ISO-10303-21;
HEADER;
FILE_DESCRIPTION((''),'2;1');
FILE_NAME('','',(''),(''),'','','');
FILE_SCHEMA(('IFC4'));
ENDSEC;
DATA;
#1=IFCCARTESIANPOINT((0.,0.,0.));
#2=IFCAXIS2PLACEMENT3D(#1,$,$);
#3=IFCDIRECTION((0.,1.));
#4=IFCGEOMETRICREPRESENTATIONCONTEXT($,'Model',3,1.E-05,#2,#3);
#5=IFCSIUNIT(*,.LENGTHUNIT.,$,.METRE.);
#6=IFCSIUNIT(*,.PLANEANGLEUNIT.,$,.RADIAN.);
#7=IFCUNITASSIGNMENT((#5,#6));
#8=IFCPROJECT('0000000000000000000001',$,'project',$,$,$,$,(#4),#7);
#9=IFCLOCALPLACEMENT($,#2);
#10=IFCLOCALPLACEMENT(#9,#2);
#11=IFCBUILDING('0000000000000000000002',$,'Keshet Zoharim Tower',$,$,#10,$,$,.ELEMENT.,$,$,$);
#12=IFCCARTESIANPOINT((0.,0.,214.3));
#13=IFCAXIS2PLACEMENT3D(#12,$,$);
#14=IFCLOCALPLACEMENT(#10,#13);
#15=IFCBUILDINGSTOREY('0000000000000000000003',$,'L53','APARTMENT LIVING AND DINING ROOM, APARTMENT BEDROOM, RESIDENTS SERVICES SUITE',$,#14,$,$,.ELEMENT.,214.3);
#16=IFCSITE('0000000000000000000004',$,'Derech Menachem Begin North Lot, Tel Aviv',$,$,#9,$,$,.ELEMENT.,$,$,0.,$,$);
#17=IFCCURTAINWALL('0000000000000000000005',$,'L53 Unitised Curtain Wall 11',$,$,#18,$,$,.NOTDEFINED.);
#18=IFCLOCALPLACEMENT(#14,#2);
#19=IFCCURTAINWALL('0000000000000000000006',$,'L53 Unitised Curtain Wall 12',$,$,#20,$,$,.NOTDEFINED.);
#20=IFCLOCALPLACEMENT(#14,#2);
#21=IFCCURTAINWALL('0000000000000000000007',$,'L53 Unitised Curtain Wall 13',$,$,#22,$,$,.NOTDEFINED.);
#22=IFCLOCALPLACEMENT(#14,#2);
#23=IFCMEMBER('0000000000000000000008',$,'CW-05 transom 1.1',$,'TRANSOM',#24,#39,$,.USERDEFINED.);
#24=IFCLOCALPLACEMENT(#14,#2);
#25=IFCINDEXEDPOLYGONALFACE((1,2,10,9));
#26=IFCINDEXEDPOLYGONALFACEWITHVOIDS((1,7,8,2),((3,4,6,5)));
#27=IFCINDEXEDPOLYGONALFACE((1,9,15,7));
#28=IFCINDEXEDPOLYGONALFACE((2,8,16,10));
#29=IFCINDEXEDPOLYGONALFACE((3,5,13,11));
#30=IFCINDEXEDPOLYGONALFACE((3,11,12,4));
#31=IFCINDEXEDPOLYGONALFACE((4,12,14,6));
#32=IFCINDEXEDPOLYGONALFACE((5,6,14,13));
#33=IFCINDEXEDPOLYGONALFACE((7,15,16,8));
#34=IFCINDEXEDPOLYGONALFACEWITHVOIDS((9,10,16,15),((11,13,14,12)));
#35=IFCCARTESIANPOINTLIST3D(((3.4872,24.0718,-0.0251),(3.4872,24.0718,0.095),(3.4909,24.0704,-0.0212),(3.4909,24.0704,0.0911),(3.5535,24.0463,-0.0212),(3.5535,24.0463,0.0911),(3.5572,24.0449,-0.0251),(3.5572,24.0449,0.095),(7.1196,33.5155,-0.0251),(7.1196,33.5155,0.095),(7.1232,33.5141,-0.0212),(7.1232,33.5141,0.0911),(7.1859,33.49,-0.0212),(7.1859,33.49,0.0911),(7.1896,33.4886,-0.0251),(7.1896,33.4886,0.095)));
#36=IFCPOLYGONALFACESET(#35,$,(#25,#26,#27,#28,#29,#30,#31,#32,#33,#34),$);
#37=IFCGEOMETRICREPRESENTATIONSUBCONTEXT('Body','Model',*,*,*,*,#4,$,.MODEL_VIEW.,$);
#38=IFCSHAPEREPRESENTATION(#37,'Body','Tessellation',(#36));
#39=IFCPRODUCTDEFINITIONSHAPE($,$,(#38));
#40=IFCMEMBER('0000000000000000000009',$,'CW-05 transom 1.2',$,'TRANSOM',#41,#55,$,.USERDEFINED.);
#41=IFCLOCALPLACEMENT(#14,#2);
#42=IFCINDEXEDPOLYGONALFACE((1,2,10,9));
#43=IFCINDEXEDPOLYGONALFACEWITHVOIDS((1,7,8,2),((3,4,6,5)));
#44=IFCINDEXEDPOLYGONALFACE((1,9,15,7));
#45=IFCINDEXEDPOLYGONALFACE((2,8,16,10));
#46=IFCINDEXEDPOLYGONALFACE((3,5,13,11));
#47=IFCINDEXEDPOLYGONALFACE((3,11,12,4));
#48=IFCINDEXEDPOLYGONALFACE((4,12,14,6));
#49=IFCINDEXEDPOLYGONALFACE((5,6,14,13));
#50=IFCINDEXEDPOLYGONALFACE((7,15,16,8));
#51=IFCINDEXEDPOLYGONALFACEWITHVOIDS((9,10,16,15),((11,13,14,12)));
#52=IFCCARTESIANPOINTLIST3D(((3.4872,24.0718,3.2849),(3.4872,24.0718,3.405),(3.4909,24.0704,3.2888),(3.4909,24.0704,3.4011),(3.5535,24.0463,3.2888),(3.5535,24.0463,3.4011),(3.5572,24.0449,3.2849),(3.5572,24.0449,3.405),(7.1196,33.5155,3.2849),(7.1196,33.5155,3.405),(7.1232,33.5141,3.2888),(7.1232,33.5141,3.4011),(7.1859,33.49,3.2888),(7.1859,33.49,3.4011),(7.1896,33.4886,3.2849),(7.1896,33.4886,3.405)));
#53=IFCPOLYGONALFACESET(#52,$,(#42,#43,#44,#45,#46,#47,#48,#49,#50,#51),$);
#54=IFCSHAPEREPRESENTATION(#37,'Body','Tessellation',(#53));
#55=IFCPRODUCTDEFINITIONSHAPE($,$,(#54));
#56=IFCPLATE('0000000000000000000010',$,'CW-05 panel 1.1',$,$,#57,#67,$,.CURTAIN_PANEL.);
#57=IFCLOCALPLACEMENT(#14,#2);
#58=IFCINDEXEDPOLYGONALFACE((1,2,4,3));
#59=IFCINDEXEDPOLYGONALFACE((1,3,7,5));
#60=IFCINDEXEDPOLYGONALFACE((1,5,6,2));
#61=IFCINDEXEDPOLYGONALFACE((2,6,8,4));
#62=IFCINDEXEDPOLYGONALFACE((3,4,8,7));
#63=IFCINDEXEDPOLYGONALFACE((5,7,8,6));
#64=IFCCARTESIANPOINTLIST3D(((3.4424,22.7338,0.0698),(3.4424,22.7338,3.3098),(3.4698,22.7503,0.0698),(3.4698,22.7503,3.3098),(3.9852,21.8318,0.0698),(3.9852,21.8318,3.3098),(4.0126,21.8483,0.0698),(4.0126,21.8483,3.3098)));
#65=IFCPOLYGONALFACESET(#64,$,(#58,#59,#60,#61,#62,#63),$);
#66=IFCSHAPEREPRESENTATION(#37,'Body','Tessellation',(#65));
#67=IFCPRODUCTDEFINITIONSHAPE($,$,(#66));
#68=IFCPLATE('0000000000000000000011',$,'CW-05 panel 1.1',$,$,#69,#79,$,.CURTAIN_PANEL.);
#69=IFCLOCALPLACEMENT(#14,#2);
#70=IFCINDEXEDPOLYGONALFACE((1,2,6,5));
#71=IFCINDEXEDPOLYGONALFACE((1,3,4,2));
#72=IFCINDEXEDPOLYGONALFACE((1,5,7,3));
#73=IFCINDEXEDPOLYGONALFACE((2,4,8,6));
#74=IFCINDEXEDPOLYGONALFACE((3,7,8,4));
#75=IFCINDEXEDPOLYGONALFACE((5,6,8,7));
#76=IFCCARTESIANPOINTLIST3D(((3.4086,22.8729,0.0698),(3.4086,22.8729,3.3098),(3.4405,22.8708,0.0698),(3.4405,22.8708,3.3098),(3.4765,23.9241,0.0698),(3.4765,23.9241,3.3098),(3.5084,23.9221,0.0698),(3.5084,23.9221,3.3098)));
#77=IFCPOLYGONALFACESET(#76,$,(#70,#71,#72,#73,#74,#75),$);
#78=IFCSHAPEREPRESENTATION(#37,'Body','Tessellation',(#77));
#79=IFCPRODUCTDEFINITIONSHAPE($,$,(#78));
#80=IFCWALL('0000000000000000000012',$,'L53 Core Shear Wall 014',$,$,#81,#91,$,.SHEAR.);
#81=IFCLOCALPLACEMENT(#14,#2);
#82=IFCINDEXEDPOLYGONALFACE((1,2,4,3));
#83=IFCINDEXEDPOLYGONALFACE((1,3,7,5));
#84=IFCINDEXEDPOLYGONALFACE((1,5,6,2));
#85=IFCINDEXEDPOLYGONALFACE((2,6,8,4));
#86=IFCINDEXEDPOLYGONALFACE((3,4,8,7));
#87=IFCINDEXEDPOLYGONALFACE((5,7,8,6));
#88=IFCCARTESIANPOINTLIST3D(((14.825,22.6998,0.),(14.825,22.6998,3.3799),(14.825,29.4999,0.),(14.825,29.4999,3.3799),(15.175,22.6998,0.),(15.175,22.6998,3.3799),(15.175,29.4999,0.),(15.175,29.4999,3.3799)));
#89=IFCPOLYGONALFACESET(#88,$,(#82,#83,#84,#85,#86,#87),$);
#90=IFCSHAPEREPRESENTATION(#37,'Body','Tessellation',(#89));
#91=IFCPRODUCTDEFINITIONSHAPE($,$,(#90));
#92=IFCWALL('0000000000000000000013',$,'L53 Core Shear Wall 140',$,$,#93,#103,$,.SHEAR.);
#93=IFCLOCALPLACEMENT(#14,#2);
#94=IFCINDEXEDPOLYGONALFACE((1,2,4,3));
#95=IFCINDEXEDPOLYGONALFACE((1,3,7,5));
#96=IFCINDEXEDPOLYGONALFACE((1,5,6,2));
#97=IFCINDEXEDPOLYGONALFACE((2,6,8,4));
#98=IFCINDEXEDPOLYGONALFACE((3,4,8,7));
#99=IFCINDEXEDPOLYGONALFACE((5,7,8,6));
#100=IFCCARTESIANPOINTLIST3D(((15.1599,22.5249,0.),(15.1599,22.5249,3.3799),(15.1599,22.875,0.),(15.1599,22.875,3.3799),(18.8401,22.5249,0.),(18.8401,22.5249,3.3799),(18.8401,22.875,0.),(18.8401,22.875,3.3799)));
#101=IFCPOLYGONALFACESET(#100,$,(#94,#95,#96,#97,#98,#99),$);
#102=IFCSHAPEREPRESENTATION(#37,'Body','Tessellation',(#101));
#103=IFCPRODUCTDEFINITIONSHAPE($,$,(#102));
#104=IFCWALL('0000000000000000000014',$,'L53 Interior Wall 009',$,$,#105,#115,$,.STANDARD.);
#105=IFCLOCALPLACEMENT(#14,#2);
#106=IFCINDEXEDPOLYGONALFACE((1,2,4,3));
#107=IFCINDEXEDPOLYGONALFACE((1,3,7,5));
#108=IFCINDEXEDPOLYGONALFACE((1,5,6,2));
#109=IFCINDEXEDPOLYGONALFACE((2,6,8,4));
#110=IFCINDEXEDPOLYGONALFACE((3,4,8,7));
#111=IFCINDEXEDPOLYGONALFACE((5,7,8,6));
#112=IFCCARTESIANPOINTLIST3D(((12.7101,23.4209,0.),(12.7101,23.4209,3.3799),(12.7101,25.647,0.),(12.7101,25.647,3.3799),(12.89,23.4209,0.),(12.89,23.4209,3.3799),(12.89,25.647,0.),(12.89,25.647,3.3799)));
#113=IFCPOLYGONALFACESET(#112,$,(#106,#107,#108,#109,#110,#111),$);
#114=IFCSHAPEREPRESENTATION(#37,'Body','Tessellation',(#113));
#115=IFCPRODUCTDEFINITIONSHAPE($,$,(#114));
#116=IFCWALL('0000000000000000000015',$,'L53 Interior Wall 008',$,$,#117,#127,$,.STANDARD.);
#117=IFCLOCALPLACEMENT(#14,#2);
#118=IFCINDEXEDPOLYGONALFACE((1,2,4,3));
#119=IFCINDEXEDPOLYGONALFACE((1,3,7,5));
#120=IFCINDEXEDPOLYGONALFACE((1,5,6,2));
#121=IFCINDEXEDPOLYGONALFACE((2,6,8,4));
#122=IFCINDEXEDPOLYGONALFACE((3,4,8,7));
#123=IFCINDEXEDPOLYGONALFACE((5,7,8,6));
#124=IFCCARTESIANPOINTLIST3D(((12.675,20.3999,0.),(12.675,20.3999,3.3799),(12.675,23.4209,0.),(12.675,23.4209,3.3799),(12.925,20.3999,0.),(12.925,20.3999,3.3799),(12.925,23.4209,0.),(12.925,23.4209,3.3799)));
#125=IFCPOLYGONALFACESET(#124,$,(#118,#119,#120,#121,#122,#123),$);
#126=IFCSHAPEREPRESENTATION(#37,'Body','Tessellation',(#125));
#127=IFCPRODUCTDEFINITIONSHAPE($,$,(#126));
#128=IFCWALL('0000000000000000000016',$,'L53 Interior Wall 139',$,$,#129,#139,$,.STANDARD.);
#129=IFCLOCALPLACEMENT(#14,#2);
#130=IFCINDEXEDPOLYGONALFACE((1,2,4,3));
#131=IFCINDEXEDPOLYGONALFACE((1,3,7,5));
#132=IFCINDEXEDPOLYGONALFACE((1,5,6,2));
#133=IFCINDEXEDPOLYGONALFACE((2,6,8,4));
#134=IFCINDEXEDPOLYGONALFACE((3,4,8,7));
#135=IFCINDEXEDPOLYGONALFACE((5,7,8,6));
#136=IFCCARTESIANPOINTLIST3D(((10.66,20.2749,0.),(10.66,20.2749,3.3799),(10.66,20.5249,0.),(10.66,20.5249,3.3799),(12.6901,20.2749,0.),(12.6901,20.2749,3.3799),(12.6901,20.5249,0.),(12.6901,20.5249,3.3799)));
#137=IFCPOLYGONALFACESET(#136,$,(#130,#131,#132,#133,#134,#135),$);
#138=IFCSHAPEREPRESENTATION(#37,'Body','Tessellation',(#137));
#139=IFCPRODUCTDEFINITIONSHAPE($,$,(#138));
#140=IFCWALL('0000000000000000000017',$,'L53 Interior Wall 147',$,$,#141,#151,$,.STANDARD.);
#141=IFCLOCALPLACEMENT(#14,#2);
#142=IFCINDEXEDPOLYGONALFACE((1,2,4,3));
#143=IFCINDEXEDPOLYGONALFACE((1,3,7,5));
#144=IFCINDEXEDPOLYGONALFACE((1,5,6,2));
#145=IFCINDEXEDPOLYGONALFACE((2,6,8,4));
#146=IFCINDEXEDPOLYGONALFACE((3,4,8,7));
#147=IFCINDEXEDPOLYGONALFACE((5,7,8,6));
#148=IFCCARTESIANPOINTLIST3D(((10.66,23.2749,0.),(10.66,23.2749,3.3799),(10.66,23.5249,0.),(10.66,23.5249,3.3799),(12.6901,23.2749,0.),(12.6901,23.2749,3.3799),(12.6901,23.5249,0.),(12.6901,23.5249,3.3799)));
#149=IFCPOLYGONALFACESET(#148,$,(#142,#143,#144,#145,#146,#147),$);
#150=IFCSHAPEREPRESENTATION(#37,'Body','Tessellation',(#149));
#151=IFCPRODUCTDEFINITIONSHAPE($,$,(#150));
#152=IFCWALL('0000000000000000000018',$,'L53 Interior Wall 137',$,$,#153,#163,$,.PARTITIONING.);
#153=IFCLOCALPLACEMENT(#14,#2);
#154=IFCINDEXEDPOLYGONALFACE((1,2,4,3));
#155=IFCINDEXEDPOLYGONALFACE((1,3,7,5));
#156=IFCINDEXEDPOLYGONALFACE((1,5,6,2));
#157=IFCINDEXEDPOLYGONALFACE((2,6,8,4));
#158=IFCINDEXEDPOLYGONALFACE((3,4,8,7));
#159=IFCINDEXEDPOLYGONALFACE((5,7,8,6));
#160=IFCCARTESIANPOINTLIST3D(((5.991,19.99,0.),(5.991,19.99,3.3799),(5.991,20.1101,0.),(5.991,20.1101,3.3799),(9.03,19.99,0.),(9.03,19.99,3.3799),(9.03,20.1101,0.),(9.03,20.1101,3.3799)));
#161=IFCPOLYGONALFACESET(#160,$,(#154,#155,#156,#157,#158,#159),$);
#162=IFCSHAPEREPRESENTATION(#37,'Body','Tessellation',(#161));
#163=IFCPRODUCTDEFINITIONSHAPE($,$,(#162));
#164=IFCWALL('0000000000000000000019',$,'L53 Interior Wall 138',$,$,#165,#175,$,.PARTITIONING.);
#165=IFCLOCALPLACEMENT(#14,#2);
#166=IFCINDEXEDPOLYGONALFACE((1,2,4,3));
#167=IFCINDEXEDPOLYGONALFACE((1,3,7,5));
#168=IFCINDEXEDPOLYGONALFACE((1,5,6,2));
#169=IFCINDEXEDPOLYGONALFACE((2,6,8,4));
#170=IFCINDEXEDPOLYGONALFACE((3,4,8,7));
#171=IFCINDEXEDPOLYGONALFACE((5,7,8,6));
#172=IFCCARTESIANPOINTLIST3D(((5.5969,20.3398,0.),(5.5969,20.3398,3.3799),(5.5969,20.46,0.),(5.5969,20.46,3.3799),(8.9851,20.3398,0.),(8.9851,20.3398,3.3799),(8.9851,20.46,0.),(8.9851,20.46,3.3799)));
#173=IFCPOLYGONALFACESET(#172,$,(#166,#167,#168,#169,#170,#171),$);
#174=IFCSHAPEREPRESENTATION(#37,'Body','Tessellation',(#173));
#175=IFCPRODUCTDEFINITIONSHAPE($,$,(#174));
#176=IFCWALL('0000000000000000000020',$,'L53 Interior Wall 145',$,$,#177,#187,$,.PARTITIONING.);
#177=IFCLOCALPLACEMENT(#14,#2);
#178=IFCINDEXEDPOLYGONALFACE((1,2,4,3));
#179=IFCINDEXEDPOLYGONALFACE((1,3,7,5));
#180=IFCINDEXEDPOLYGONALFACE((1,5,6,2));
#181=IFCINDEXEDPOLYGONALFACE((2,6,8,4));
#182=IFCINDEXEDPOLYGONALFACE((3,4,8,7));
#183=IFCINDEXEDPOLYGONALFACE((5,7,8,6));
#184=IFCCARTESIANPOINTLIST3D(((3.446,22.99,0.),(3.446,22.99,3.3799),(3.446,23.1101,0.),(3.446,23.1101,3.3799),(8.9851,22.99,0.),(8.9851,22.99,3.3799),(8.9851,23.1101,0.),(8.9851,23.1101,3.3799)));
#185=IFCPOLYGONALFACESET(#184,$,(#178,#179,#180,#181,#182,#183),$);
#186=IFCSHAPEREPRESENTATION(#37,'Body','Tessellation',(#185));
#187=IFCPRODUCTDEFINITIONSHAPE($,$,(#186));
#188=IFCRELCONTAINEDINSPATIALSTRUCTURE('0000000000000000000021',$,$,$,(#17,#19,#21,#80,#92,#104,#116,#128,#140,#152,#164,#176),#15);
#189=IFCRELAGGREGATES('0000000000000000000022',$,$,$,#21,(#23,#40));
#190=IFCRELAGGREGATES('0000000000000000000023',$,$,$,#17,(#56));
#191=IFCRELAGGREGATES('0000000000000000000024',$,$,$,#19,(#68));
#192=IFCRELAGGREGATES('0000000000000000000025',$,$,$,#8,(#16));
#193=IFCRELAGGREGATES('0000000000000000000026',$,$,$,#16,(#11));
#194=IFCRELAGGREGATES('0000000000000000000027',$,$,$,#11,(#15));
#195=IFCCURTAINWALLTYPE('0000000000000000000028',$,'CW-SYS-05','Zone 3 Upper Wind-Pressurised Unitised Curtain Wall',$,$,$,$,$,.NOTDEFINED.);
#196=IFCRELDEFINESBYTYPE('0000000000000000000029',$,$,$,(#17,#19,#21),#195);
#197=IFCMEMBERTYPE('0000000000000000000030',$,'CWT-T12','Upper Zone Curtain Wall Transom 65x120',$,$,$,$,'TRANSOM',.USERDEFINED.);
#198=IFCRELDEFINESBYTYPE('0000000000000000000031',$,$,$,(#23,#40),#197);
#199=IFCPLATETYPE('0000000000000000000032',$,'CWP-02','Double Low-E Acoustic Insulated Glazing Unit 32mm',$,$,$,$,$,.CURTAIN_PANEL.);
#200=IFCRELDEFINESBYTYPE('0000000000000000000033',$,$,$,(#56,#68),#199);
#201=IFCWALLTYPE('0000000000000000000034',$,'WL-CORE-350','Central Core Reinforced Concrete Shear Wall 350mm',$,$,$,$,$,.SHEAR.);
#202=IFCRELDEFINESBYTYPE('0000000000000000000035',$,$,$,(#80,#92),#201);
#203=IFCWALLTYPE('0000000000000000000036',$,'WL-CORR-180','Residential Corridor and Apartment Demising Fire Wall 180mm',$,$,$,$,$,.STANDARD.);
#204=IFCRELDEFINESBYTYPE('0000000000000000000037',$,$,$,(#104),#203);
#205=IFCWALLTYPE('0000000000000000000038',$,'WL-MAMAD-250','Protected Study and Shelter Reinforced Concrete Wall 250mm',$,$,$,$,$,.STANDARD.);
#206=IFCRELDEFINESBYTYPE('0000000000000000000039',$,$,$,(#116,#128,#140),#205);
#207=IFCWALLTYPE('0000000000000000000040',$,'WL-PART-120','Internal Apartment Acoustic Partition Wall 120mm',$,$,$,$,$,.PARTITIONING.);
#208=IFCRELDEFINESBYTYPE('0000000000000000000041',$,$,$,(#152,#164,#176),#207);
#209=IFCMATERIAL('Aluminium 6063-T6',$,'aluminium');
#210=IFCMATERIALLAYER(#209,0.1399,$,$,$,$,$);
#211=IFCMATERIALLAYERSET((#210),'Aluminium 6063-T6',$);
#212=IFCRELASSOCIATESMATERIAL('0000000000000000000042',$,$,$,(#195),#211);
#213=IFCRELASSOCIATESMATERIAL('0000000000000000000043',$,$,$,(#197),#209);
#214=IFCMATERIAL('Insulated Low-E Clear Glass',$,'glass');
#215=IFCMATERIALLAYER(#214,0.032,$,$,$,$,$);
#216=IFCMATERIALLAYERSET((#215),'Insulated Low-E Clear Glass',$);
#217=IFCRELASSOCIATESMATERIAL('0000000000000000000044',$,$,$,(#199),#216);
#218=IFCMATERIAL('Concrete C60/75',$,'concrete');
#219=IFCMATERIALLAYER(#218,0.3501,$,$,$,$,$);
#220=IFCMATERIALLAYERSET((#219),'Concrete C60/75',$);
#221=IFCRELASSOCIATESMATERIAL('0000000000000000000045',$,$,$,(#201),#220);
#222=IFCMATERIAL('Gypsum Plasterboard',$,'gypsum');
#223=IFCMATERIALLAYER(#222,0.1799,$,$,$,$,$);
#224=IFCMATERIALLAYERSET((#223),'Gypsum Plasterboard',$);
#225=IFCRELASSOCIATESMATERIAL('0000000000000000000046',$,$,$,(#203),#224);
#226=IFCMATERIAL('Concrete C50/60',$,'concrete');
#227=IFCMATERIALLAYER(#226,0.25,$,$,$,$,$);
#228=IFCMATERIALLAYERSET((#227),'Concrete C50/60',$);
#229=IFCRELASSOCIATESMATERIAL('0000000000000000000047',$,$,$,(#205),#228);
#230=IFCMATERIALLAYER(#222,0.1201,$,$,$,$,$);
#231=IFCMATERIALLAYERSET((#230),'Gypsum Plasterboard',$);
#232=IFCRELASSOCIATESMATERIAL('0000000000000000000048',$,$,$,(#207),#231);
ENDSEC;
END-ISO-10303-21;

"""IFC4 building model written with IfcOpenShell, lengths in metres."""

from ifc_helpers import new_model, si_unit, direction, frame, frame_2d, origin, origin_2d, place, context, subcontext, project, spatial, rectangle, hollow_rectangle, extrude, material, layer, layer_set, material_profile, profile_set, type_object, element, aggregate, save


model = new_model("IFC4")

# Units and contexts
model_context = context("Model", 3, precision=1e-05, world=origin(), true_north=direction((0.0, 1.0)))
body_context = subcontext(model_context, "Body", "Model", "MODEL_VIEW")
ifc_project = project(units=[si_unit("LENGTHUNIT", "METRE"), si_unit("PLANEANGLEUNIT", "RADIAN")], contexts=[model_context])

# Site, building, storey
site_placement = place(None, origin())
site = spatial("IfcSite", under=ifc_project, at=site_placement, Name="Derech Menachem Begin North Lot, Tel Aviv", CompositionType="ELEMENT", RefElevation=0.0)
building_placement = place(site_placement, origin())
building = spatial("IfcBuilding", under=site, at=building_placement, Name="Keshet Zoharim Tower", CompositionType="ELEMENT")
storey_placement = place(building_placement, frame((0.0, 0.0, 214.3)))
storey = spatial("IfcBuildingStorey", under=building, at=storey_placement, Name="L53", Description="APARTMENT LIVING AND DINING ROOM, APARTMENT BEDROOM, RESIDENTS SERVICES SUITE", CompositionType="ELEMENT", Elevation=214.3)

# Shared definitions
ifc_material_1 = material(Name="Concrete C50/60", Category="concrete")

# Shared definitions
ifc_material_2 = material(Name="Aluminium 6063-T6", Category="aluminium")
ifc_layer_1 = layer(ifc_material_2, 0.1399)
ifc_layer_set_1 = layer_set([ifc_layer_1], Name="Aluminium 6063-T6")
curtain_wall_type = type_object("IfcCurtainWallType", Name="CW-SYS-05", Description="Zone 3 Upper Wind-Pressurised Unitised Curtain Wall", PredefinedType="NOTDEFINED", material=ifc_layer_set_1)

# Curtain walls
curtain_wall_1_placement = place(storey_placement, origin())
curtain_wall_1 = element("IfcCurtainWall", 1, at=curtain_wall_1_placement, inside=storey, type_object=curtain_wall_type, Name="L53 Unitised Curtain Wall 11", PredefinedType="NOTDEFINED")
curtain_wall_2_placement = place(storey_placement, origin())
curtain_wall_2 = element("IfcCurtainWall", 2, at=curtain_wall_2_placement, inside=storey, type_object=curtain_wall_type, Name="L53 Unitised Curtain Wall 12", PredefinedType="NOTDEFINED")

# Curtain wall
curtain_wall_3_placement = place(storey_placement, origin())
curtain_wall_3 = element("IfcCurtainWall", 3, at=curtain_wall_3_placement, inside=storey, type_object=curtain_wall_type, Name="L53 Unitised Curtain Wall 13", PredefinedType="NOTDEFINED")

# Members
ifc_material_profile_1 = material_profile(ifc_material_2, hollow_rectangle(XDim=0.075, YDim=0.1201, WallThickness=0.0039, at=origin_2d()), Name="TRN-75x120")
ifc_profile_set_1 = profile_set([ifc_material_profile_1], Name="Aluminium 6063-T6")
member_type_1 = type_object("IfcMemberType", Name="CWT-T12", Description="Upper Zone Curtain Wall Transom 65x120", ElementType="TRANSOM", PredefinedType="USERDEFINED", material=ifc_profile_set_1)
member_1_placement = place(storey_placement, frame((3.5222, 24.0583, 0.0349), z_axis=(0.358994, 0.93334, 0.0), x_axis=(-0.93334, 0.358994, 0.0)))
member_1 = element("IfcMember", 4, at=member_1_placement, type_object=member_type_1, Name="CW-05 transom 1.1", ObjectType="TRANSOM", PredefinedType="USERDEFINED", context=body_context, shape_type="SweptSolid", body=[
    extrude(hollow_rectangle(XDim=0.075, YDim=0.1201, WallThickness=0.0039, at=origin_2d()), origin(), (0.0, 0.0, 1.0), 10.1182),
])
member_2_placement = place(storey_placement, frame((3.5222, 24.0583, 3.345), z_axis=(0.358994, 0.93334, 0.0), x_axis=(-0.93334, 0.358994, 0.0)))
member_2 = element("IfcMember", 5, at=member_2_placement, type_object=member_type_1, Name="CW-05 transom 1.2", ObjectType="TRANSOM", PredefinedType="USERDEFINED", context=body_context, shape_type="SweptSolid", body=[
    extrude(hollow_rectangle(XDim=0.075, YDim=0.1201, WallThickness=0.0039, at=origin_2d()), origin(), (0.0, 0.0, 1.0), 10.1182),
])
aggregate(curtain_wall_3, [member_1, member_2])

# Plates
ifc_material_3 = material(Name="Insulated Low-E Clear Glass", Category="glass")
ifc_layer_2 = layer(ifc_material_3, 0.032)
ifc_layer_set_2 = layer_set([ifc_layer_2], Name="Insulated Low-E Clear Glass")
plate_type = type_object("IfcPlateType", Name="CWP-02", Description="Double Low-E Acoustic Insulated Glazing Unit 32mm", PredefinedType="CURTAIN_PANEL", material=ifc_layer_set_2)
plate_1_placement = place(storey_placement, frame((3.7275, 22.291, 0.0698), z_axis=(0.0, 0.0, 1.0), x_axis=(-0.515605, 0.856826, 0.0)))
plate_1 = element("IfcPlate", 6, at=plate_1_placement, type_object=plate_type, Name="CW-05 panel 1.1", PredefinedType="CURTAIN_PANEL", context=body_context, shape_type="SweptSolid", body=[
    extrude(rectangle(XDim=1.0527, YDim=0.032, at=origin_2d()), origin(), (0.0, 0.0, 1.0), 3.24),
])
aggregate(curtain_wall_1, [plate_1])
plate_2_placement = place(storey_placement, frame((3.4585, 23.3975, 0.0698), z_axis=(0.0, 0.0, 1.0), x_axis=(0.064517, 0.997917, 0.0)))
plate_2 = element("IfcPlate", 7, at=plate_2_placement, type_object=plate_type, Name="CW-05 panel 1.1", PredefinedType="CURTAIN_PANEL", context=body_context, shape_type="SweptSolid", body=[
    extrude(rectangle(XDim=1.0535, YDim=0.032, at=origin_2d()), origin(), (0.0, 0.0, 1.0), 3.24),
])
aggregate(curtain_wall_2, [plate_2])

# Walls
ifc_material_4 = material(Name="Concrete C60/75", Category="concrete")
ifc_layer_3 = layer(ifc_material_4, 0.3501)
ifc_layer_set_3 = layer_set([ifc_layer_3], Name="Concrete C60/75")
wall_type_1 = type_object("IfcWallType", Name="WL-CORE-350", Description="Central Core Reinforced Concrete Shear Wall 350mm", PredefinedType="SHEAR", material=ifc_layer_set_3)
wall_1_placement = place(storey_placement, frame((15.0, 22.7, 0.0), z_axis=(0.0, 0.0, 1.0), x_axis=(0.0, 1.0, 0.0)))
element("IfcWall", 8, at=wall_1_placement, inside=storey, type_object=wall_type_1, Name="L53 Core Shear Wall 014", PredefinedType="SHEAR", context=body_context, shape_type="SweptSolid", body=[
    extrude(rectangle(XDim=6.8, YDim=0.3501, at=frame_2d((3.3999, 0.0))), origin(), (0.0, 0.0, 1.0), 3.3799),
])
wall_2_placement = place(storey_placement, frame((15.1599, 22.7, 0.0), z_axis=(0.0, 0.0, 1.0), x_axis=(1.0, 0.0, 0.0)))
element("IfcWall", 9, at=wall_2_placement, inside=storey, type_object=wall_type_1, Name="L53 Core Shear Wall 140", PredefinedType="SHEAR", context=body_context, shape_type="SweptSolid", body=[
    extrude(rectangle(XDim=3.6802, YDim=0.3501, at=frame_2d((1.8401, 0.0))), origin(), (0.0, 0.0, 1.0), 3.3799),
])
ifc_material_5 = material(Name="Gypsum Plasterboard", Category="gypsum")
ifc_layer_4 = layer(ifc_material_5, 0.1799)
ifc_layer_set_4 = layer_set([ifc_layer_4], Name="Gypsum Plasterboard")
wall_type_2 = type_object("IfcWallType", Name="WL-CORR-180", Description="Residential Corridor and Apartment Demising Fire Wall 180mm", PredefinedType="STANDARD", material=ifc_layer_set_4)
wall_3_placement = place(storey_placement, frame((12.8, 23.4209, 0.0), z_axis=(0.0, 0.0, 1.0), x_axis=(0.0, 1.0, 0.0)))
element("IfcWall", 10, at=wall_3_placement, inside=storey, type_object=wall_type_2, Name="L53 Interior Wall 009", PredefinedType="STANDARD", context=body_context, shape_type="SweptSolid", body=[
    extrude(rectangle(XDim=2.2261, YDim=0.1799, at=frame_2d((1.113, 0.0))), origin(), (0.0, 0.0, 1.0), 3.3799),
])

# Shared definitions
ifc_layer_5 = layer(ifc_material_1, 0.25)
ifc_layer_set_5 = layer_set([ifc_layer_5], Name="Concrete C50/60")
wall_type_3 = type_object("IfcWallType", Name="WL-MAMAD-250", Description="Protected Study and Shelter Reinforced Concrete Wall 250mm", PredefinedType="STANDARD", material=ifc_layer_set_5)

# Walls
wall_4_placement = place(storey_placement, frame((12.8, 20.3999, 0.0), z_axis=(0.0, 0.0, 1.0), x_axis=(0.0, 1.0, 0.0)))
element("IfcWall", 11, at=wall_4_placement, inside=storey, type_object=wall_type_3, Name="L53 Interior Wall 008", PredefinedType="STANDARD", context=body_context, shape_type="SweptSolid", body=[
    extrude(rectangle(XDim=3.021, YDim=0.25, at=frame_2d((1.5105, 0.0))), origin(), (0.0, 0.0, 1.0), 3.3799),
])
for number, where, z_axis, x_axis, name in (
    (12, (10.6599, 20.3999, 0.0), (0.0, 0.0, 1.0), (1.0, 0.0, 0.0), "L53 Interior Wall 139"),
    (13, (10.6599, 23.3999, 0.0), (0.0, 0.0, 1.0), (1.0, 0.0, 0.0), "L53 Interior Wall 147"),
):
    element("IfcWall", number, at=place(storey_placement, frame(where, z_axis=z_axis, x_axis=x_axis)), inside=storey, type_object=wall_type_3, Name=name, PredefinedType="STANDARD", context=body_context, shape_type="SweptSolid", body=[
        extrude(rectangle(XDim=2.03, YDim=0.25, at=frame_2d((1.0151, 0.0))), origin(), (0.0, 0.0, 1.0), 3.3799),
    ])

# Shared definitions
ifc_layer_6 = layer(ifc_material_5, 0.1201)
ifc_layer_set_6 = layer_set([ifc_layer_6], Name="Gypsum Plasterboard")
wall_type_4 = type_object("IfcWallType", Name="WL-PART-120", Description="Internal Apartment Acoustic Partition Wall 120mm", PredefinedType="PARTITIONING", material=ifc_layer_set_6)

# Walls
wall_5_placement = place(storey_placement, frame((5.991, 20.05, 0.0), z_axis=(0.0, 0.0, 1.0), x_axis=(1.0, 0.0, 0.0)))
element("IfcWall", 14, at=wall_5_placement, inside=storey, type_object=wall_type_4, Name="L53 Interior Wall 137", PredefinedType="PARTITIONING", context=body_context, shape_type="SweptSolid", body=[
    extrude(rectangle(XDim=3.0391, YDim=0.1201, at=frame_2d((1.5195, 0.0))), origin(), (0.0, 0.0, 1.0), 3.3799),
])
wall_6_placement = place(storey_placement, frame((5.5969, 20.3999, 0.0), z_axis=(0.0, 0.0, 1.0), x_axis=(1.0, 0.0, 0.0)))
element("IfcWall", 15, at=wall_6_placement, inside=storey, type_object=wall_type_4, Name="L53 Interior Wall 138", PredefinedType="PARTITIONING", context=body_context, shape_type="SweptSolid", body=[
    extrude(rectangle(XDim=3.3882, YDim=0.1201, at=frame_2d((1.6941, 0.0))), origin(), (0.0, 0.0, 1.0), 3.3799),
])
wall_7_placement = place(storey_placement, frame((3.446, 23.05, 0.0), z_axis=(0.0, 0.0, 1.0), x_axis=(1.0, 0.0, 0.0)))
element("IfcWall", 16, at=wall_7_placement, inside=storey, type_object=wall_type_4, Name="L53 Interior Wall 145", PredefinedType="PARTITIONING", context=body_context, shape_type="SweptSolid", body=[
    extrude(rectangle(XDim=5.5391, YDim=0.1201, at=frame_2d((2.7695, 0.0))), origin(), (0.0, 0.0, 1.0), 3.3799),
])

save(model, "model.ifc")
